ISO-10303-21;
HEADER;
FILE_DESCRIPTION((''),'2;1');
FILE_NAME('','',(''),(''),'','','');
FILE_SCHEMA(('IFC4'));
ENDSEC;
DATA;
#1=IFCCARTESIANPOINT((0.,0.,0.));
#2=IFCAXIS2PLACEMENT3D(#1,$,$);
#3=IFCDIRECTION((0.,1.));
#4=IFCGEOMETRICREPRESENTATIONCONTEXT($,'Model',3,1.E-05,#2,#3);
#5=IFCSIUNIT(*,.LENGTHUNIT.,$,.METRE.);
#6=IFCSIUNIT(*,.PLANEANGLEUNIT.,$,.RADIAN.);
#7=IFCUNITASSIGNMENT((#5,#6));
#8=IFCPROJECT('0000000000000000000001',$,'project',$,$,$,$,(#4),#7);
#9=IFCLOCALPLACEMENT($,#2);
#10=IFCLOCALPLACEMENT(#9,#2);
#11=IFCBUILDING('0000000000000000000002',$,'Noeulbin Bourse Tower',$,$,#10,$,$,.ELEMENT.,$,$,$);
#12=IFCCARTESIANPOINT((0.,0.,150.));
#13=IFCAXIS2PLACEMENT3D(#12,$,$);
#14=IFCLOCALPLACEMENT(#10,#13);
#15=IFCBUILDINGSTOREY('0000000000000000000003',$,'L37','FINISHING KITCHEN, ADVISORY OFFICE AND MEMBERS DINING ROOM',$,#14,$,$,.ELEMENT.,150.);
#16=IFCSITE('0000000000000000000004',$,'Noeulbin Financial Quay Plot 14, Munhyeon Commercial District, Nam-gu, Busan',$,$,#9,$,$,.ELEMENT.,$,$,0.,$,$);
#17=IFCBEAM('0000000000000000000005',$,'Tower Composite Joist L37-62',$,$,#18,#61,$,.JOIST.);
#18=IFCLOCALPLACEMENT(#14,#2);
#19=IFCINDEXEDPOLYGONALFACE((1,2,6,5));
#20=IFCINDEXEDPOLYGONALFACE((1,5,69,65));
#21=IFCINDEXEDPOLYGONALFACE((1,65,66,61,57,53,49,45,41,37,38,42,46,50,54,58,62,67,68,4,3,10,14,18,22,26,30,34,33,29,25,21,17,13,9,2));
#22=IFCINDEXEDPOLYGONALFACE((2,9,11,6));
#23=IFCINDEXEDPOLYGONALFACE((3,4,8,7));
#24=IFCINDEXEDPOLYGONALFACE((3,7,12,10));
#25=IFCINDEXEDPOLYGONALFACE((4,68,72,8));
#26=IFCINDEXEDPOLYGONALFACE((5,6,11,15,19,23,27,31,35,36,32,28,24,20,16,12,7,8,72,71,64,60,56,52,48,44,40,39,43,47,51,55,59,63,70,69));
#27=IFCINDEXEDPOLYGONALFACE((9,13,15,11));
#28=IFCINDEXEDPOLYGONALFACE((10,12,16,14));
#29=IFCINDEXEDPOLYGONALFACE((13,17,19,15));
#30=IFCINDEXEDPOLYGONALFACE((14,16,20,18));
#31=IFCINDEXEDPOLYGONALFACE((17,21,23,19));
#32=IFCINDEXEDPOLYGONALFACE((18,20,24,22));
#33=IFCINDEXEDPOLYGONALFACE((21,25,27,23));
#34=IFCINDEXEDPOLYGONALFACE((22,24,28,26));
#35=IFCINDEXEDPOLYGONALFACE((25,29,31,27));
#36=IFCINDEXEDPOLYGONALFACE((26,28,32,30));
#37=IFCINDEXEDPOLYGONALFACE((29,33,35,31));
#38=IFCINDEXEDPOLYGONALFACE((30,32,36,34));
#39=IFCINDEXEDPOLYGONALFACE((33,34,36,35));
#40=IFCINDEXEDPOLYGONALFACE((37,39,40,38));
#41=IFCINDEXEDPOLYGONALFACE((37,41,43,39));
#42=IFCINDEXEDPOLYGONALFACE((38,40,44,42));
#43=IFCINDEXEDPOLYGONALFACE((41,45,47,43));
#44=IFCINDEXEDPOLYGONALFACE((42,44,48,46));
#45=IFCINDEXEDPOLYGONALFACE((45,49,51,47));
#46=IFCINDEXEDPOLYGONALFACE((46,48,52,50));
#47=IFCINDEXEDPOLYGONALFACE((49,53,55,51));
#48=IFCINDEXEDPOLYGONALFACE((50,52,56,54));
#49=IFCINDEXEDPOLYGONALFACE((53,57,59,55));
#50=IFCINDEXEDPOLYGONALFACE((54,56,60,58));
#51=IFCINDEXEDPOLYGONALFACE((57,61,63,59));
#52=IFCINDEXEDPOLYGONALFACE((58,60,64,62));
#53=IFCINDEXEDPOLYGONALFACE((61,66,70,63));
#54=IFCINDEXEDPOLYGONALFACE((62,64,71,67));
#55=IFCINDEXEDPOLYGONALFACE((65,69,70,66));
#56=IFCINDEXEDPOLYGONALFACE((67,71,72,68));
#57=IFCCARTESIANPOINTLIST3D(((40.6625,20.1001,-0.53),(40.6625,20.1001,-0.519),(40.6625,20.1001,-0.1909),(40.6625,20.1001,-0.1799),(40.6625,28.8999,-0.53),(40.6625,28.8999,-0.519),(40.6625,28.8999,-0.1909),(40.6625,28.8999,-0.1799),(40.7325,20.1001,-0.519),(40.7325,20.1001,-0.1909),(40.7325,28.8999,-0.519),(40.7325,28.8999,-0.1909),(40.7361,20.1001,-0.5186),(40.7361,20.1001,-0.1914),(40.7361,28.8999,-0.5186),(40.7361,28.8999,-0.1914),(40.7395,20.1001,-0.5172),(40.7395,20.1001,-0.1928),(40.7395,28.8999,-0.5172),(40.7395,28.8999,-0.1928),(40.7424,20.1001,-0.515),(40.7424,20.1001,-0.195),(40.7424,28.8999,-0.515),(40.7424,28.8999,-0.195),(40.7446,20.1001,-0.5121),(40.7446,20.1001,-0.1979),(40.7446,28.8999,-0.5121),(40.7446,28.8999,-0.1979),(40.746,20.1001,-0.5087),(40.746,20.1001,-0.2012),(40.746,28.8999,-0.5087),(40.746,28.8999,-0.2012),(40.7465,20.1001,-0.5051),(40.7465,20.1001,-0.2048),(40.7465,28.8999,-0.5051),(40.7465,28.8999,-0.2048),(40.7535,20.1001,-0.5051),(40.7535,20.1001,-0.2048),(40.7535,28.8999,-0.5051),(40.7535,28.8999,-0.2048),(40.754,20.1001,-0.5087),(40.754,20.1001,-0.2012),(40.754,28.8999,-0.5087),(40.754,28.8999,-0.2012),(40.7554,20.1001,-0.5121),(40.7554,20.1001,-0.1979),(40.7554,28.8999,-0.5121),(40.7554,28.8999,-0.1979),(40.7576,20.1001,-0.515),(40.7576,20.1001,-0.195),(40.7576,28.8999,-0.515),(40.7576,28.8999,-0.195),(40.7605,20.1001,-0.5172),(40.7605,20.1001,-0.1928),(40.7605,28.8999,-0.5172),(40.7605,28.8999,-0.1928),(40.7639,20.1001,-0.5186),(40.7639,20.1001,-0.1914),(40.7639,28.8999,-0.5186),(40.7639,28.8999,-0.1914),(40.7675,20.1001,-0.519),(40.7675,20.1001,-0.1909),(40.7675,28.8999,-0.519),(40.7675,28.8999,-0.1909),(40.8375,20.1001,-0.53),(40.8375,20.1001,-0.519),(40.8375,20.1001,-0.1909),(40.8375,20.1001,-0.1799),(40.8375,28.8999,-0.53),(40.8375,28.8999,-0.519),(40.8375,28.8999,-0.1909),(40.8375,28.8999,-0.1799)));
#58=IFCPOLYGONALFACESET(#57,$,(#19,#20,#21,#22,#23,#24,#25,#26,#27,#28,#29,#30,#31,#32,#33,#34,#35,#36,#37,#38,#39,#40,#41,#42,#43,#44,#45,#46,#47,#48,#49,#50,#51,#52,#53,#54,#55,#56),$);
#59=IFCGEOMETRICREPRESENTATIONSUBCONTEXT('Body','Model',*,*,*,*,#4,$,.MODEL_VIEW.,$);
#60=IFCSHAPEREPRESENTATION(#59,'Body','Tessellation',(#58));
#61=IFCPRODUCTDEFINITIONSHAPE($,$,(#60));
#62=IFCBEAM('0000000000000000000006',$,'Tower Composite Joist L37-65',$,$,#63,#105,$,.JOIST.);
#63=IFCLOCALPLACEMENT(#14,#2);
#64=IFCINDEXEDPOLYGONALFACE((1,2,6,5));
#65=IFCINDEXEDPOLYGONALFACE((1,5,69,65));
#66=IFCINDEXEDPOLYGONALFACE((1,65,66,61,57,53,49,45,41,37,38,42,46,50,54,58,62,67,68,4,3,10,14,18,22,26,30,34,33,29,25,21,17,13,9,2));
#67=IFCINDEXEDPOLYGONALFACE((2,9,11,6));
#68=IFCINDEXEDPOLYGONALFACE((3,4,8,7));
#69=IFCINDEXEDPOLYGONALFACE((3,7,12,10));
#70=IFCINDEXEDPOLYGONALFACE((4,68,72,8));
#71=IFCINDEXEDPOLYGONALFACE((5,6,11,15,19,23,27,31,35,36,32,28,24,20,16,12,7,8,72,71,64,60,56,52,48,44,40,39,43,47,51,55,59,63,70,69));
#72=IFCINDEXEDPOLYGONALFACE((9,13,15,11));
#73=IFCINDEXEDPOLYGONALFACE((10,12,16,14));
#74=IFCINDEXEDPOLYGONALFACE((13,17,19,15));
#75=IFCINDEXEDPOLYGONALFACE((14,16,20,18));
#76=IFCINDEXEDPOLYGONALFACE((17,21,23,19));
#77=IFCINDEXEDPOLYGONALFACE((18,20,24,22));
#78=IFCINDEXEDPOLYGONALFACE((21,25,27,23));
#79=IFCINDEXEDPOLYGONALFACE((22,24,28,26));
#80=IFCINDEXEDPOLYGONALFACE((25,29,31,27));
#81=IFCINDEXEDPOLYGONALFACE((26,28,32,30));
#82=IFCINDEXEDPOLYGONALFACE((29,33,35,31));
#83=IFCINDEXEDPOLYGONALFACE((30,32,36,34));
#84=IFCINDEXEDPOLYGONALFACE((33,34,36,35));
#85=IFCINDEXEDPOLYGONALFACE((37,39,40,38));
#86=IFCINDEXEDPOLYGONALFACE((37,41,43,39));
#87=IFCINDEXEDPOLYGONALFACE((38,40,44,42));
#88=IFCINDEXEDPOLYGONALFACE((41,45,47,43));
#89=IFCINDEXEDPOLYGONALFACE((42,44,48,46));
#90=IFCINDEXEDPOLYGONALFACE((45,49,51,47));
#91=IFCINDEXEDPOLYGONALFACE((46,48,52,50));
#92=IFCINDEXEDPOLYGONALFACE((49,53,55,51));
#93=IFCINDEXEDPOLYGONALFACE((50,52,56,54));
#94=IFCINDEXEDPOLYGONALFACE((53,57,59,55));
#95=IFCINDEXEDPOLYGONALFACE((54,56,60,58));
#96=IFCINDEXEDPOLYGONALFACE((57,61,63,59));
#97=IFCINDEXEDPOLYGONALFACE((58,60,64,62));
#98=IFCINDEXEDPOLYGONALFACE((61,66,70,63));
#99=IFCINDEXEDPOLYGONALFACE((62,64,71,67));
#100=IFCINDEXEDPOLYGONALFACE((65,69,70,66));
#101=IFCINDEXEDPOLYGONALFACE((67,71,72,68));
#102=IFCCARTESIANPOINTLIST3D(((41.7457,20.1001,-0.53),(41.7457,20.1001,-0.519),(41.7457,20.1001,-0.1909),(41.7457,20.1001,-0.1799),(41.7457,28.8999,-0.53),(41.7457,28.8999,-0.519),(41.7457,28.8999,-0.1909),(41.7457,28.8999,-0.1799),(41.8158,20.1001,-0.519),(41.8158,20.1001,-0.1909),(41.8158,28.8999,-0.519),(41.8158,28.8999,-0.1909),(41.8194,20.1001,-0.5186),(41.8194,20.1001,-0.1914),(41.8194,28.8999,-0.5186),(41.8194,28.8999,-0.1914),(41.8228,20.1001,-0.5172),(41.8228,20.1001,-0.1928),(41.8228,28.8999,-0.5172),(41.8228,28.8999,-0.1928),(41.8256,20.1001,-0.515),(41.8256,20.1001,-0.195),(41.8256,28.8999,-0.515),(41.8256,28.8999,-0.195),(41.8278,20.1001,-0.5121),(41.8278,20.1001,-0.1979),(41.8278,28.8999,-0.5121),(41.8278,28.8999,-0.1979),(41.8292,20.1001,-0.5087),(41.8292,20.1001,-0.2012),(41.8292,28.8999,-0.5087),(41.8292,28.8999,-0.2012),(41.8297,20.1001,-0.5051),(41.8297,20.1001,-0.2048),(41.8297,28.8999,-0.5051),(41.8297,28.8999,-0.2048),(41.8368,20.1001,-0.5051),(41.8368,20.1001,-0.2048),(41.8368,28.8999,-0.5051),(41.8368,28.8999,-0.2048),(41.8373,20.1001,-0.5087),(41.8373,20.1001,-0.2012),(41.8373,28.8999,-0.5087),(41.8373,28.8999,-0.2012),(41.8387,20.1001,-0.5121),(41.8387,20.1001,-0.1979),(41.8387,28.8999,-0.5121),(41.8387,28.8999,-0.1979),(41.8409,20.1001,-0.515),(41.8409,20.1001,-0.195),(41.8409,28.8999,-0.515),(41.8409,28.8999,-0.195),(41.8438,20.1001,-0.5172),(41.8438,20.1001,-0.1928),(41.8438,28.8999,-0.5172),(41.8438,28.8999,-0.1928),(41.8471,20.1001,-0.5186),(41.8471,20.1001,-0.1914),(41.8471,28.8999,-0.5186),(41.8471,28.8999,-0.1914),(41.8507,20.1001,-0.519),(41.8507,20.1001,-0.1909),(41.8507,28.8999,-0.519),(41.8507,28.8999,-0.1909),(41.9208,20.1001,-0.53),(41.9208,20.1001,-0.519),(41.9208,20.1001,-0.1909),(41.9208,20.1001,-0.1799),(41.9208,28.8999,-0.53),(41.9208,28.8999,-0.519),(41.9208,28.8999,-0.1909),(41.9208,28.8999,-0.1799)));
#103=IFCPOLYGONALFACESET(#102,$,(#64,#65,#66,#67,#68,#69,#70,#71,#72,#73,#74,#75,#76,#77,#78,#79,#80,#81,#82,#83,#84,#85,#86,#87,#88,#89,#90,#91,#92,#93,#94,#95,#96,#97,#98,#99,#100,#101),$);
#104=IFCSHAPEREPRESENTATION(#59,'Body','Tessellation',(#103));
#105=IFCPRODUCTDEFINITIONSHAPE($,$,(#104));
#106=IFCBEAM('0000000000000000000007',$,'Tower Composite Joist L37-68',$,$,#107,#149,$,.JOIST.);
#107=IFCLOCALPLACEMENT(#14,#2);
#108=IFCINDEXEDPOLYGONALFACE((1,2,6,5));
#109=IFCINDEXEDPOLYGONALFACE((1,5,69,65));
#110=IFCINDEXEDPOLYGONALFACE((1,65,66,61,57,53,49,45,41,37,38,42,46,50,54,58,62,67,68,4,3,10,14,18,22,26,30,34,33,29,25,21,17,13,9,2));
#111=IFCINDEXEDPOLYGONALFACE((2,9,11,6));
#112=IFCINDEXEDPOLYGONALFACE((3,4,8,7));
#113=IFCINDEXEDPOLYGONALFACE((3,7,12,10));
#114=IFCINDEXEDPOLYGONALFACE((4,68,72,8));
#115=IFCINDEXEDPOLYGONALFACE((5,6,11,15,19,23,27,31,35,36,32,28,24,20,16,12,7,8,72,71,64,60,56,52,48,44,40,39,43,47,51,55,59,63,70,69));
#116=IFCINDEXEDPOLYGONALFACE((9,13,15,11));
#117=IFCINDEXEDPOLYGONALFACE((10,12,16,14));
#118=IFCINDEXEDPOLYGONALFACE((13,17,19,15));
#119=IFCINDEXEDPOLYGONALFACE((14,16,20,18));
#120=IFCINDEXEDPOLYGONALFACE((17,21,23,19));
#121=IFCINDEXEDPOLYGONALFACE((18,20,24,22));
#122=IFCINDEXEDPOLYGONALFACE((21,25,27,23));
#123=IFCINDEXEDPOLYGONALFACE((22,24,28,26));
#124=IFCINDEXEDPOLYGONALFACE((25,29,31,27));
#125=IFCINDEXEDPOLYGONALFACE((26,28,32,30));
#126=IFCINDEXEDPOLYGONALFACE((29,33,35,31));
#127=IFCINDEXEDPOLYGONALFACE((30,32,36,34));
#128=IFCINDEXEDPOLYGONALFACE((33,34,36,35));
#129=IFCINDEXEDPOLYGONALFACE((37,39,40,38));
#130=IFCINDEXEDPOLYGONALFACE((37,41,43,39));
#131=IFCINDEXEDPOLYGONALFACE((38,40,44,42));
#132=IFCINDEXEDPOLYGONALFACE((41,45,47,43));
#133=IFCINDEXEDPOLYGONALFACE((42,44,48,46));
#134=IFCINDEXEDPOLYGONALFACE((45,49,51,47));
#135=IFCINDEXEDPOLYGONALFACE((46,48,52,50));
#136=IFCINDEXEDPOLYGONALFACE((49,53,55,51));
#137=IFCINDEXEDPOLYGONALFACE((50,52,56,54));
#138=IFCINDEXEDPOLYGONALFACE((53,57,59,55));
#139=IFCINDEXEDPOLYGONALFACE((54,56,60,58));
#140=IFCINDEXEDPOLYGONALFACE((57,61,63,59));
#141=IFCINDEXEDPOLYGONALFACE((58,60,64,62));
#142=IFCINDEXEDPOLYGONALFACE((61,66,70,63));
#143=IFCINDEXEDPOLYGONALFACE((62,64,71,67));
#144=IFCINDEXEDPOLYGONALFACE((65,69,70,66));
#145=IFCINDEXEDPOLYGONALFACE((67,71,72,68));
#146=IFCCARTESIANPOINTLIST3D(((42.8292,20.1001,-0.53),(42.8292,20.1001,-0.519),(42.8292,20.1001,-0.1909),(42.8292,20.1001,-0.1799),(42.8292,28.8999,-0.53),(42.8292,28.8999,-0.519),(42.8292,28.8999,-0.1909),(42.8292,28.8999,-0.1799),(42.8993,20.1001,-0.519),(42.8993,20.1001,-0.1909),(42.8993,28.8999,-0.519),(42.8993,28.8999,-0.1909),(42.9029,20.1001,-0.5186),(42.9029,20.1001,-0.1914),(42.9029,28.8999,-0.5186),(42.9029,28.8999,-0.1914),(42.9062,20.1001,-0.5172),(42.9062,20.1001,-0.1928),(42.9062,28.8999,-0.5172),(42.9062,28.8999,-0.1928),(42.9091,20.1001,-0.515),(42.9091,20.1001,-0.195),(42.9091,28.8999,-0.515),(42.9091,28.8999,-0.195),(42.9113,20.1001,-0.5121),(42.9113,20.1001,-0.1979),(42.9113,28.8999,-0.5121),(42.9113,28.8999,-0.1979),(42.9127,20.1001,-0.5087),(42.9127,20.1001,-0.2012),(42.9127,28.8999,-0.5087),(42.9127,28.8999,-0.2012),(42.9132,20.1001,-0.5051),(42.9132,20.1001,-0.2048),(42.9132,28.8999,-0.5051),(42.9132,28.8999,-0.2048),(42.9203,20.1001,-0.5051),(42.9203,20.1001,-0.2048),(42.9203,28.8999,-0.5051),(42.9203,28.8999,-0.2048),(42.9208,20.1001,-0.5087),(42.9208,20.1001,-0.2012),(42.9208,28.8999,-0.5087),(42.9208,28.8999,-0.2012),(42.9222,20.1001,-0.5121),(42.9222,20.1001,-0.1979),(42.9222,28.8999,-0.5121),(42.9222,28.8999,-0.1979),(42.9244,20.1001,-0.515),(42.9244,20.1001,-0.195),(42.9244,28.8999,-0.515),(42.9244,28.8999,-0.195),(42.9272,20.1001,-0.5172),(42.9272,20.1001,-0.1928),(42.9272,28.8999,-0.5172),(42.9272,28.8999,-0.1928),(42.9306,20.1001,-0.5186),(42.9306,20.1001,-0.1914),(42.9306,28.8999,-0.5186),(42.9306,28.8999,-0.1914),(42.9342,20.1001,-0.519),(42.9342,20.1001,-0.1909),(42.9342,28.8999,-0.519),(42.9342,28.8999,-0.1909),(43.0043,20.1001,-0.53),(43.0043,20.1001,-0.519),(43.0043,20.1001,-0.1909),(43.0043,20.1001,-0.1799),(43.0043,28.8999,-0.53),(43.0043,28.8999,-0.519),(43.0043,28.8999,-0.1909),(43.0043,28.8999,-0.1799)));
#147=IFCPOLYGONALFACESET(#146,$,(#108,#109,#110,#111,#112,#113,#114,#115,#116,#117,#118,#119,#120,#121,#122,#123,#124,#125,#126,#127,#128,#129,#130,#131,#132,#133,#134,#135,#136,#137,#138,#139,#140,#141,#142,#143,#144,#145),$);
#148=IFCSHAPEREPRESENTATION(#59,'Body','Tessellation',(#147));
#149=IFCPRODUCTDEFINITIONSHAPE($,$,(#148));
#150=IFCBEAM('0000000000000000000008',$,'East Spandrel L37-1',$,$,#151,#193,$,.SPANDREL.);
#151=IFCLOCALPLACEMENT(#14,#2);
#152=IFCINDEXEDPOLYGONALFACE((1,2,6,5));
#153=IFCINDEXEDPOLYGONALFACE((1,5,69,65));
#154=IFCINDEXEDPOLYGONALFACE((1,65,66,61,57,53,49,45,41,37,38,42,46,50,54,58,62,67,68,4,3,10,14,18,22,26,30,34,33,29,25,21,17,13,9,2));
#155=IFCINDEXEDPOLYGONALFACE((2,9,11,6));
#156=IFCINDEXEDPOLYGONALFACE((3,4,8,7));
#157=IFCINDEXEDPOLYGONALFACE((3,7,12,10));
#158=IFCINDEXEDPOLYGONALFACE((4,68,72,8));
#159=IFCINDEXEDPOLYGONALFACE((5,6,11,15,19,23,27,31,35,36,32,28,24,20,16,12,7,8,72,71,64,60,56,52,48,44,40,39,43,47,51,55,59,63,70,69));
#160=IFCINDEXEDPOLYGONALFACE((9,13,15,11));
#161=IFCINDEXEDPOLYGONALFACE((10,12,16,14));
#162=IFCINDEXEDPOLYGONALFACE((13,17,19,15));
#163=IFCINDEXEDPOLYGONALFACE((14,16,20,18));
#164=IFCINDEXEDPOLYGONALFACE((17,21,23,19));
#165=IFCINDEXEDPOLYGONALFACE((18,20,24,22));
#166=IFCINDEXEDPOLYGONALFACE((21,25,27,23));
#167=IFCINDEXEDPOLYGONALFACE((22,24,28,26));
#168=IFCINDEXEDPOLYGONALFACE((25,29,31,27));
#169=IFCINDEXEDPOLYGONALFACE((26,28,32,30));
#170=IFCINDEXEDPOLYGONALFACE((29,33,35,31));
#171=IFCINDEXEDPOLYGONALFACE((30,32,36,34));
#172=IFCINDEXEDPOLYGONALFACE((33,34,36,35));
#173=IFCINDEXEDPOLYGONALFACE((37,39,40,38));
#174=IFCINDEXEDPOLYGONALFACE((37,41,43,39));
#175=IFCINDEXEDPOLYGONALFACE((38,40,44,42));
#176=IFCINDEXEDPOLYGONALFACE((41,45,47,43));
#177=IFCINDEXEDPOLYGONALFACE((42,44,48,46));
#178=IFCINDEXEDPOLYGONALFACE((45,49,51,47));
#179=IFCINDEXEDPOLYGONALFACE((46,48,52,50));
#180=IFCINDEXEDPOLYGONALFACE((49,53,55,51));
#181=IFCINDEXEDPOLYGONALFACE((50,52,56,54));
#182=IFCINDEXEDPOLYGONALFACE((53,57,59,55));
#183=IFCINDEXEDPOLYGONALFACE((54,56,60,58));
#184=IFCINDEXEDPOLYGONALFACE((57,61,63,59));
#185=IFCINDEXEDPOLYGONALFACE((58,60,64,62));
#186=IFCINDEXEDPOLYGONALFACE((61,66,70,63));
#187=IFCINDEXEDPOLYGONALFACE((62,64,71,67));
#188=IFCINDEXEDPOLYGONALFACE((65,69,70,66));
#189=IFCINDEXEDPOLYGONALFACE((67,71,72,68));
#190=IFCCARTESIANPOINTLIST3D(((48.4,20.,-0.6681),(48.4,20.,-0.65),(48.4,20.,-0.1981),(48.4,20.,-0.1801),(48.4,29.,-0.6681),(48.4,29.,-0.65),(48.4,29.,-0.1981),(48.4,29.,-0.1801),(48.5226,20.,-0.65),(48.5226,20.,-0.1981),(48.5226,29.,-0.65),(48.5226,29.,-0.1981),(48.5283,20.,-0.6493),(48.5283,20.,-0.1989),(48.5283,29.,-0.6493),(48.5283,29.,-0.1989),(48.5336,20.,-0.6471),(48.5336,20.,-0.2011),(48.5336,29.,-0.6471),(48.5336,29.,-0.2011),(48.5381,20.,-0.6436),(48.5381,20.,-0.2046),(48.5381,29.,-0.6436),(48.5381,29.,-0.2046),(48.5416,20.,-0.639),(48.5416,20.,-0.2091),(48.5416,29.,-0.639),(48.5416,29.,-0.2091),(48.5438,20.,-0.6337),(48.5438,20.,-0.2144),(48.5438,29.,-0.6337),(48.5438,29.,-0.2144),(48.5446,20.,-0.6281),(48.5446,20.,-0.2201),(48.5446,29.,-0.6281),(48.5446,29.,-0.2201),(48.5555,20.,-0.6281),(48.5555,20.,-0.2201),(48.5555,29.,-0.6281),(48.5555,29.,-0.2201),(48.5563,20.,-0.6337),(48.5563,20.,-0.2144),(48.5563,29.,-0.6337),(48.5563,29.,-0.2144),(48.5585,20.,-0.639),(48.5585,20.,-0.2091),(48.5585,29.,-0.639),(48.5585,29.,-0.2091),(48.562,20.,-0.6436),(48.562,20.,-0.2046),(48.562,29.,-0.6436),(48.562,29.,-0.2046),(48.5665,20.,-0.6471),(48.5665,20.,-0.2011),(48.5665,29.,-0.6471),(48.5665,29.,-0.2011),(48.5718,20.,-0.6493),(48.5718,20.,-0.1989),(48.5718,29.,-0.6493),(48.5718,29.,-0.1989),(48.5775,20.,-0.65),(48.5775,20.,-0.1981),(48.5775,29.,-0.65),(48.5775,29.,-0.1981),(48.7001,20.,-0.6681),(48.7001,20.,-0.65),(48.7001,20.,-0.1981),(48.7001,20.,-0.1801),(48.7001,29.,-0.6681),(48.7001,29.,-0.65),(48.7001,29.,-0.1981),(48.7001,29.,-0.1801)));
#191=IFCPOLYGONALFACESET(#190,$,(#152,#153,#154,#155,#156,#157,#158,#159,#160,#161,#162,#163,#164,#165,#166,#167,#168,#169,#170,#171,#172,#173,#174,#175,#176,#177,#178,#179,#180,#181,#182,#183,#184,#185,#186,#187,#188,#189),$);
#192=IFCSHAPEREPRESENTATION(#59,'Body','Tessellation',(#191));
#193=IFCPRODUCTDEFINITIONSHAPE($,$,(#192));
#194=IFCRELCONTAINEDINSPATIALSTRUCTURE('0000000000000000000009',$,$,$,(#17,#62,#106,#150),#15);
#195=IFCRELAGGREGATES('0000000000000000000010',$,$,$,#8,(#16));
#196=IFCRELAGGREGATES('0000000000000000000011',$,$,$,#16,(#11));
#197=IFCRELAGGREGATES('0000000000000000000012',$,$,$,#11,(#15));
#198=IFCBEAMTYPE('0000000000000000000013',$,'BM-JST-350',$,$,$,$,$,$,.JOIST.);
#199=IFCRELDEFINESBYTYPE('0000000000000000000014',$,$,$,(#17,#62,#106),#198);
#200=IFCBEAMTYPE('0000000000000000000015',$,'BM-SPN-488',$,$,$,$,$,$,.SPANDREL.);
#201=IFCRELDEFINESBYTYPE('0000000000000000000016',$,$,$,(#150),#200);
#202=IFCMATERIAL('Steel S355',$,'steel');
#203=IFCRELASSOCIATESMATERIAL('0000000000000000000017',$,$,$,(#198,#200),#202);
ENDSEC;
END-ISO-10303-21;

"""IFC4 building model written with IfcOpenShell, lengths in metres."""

from ifc_helpers import new_model, si_unit, direction, frame, origin, origin_2d, place, context, subcontext, project, spatial, i_section, extrude, material, material_profile, profile_set, type_object, element, save


model = new_model("IFC4")

# Units and contexts
model_context = context("Model", 3, precision=1e-05, world=origin(), true_north=direction((0.0, 1.0)))
body_context = subcontext(model_context, "Body", "Model", "MODEL_VIEW")
ifc_project = project(units=[si_unit("LENGTHUNIT", "METRE"), si_unit("PLANEANGLEUNIT", "RADIAN")], contexts=[model_context])

# Site, building, storey
site_placement = place(None, origin())
site = spatial("IfcSite", under=ifc_project, at=site_placement, Name="Noeulbin Financial Quay Plot 14, Munhyeon Commercial District, Nam-gu, Busan", CompositionType="ELEMENT", RefElevation=0.0)
building_placement = place(site_placement, origin())
building = spatial("IfcBuilding", under=site, at=building_placement, Name="Noeulbin Bourse Tower", CompositionType="ELEMENT")
storey_placement = place(building_placement, frame((0.0, 0.0, 150.0)))
storey = spatial("IfcBuildingStorey", under=building, at=storey_placement, Name="L37", Description="FINISHING KITCHEN, ADVISORY OFFICE AND MEMBERS DINING ROOM", CompositionType="ELEMENT", Elevation=150.0)

# Shared definitions
ifc_material_1 = material(Name="Steel S355", Category="steel")

# Beams
ifc_material_profile_1 = material_profile(ifc_material_1, i_section(OverallWidth=0.175, OverallDepth=0.3501, WebThickness=0.0071, FlangeThickness=0.011, FilletRadius=0.0139, at=origin_2d()), Name="H-350x175x7x11", Category="LoadBearing")
ifc_profile_set_1 = profile_set([ifc_material_profile_1], Name="Steel S355")
beam_type_1 = type_object("IfcBeamType", Name="BM-JST-350", PredefinedType="JOIST", material=ifc_profile_set_1)
for number, where, z_axis, x_axis, name in (
    (1, (40.75, 20.1001, -0.355), (0.0, 1.0, 0.0), (-1.0, 0.0, 0.0), "Tower Composite Joist L37-62"),
    (2, (41.8333, 20.1001, -0.355), (0.0, 1.0, 0.0), (-1.0, 0.0, 0.0), "Tower Composite Joist L37-65"),
    (3, (42.9167, 20.1001, -0.355), (0.0, 1.0, 0.0), (-1.0, 0.0, 0.0), "Tower Composite Joist L37-68"),
):
    element("IfcBeam", number, at=place(storey_placement, frame(where, z_axis=z_axis, x_axis=x_axis)), inside=storey, type_object=beam_type_1, Name=name, PredefinedType="JOIST", context=body_context, shape_type="SweptSolid", body=[
        extrude(i_section(OverallWidth=0.175, OverallDepth=0.3501, WebThickness=0.0071, FlangeThickness=0.011, FilletRadius=0.0139, at=origin_2d()), origin(), (0.0, 0.0, 1.0), 8.7998),
    ])
ifc_material_profile_2 = material_profile(ifc_material_1, i_section(OverallWidth=0.3, OverallDepth=0.488, WebThickness=0.011, FlangeThickness=0.0181, FilletRadius=0.022, at=origin_2d()), Name="H-488x300x11x18", Category="LoadBearing")
ifc_profile_set_2 = profile_set([ifc_material_profile_2], Name="Steel S355")
beam_type_2 = type_object("IfcBeamType", Name="BM-SPN-488", PredefinedType="SPANDREL", material=ifc_profile_set_2)
beam_1_placement = place(storey_placement, frame((48.55, 20.0, -0.4241), z_axis=(0.0, 1.0, 0.0), x_axis=(-1.0, 0.0, 0.0)))
element("IfcBeam", 4, at=beam_1_placement, inside=storey, type_object=beam_type_2, Name="East Spandrel L37-1", PredefinedType="SPANDREL", context=body_context, shape_type="SweptSolid", body=[
    extrude(i_section(OverallWidth=0.3, OverallDepth=0.488, WebThickness=0.011, FlangeThickness=0.0181, FilletRadius=0.022, at=origin_2d()), origin(), (0.0, 0.0, 1.0), 9.0),
])

save(model, "model.ifc")
